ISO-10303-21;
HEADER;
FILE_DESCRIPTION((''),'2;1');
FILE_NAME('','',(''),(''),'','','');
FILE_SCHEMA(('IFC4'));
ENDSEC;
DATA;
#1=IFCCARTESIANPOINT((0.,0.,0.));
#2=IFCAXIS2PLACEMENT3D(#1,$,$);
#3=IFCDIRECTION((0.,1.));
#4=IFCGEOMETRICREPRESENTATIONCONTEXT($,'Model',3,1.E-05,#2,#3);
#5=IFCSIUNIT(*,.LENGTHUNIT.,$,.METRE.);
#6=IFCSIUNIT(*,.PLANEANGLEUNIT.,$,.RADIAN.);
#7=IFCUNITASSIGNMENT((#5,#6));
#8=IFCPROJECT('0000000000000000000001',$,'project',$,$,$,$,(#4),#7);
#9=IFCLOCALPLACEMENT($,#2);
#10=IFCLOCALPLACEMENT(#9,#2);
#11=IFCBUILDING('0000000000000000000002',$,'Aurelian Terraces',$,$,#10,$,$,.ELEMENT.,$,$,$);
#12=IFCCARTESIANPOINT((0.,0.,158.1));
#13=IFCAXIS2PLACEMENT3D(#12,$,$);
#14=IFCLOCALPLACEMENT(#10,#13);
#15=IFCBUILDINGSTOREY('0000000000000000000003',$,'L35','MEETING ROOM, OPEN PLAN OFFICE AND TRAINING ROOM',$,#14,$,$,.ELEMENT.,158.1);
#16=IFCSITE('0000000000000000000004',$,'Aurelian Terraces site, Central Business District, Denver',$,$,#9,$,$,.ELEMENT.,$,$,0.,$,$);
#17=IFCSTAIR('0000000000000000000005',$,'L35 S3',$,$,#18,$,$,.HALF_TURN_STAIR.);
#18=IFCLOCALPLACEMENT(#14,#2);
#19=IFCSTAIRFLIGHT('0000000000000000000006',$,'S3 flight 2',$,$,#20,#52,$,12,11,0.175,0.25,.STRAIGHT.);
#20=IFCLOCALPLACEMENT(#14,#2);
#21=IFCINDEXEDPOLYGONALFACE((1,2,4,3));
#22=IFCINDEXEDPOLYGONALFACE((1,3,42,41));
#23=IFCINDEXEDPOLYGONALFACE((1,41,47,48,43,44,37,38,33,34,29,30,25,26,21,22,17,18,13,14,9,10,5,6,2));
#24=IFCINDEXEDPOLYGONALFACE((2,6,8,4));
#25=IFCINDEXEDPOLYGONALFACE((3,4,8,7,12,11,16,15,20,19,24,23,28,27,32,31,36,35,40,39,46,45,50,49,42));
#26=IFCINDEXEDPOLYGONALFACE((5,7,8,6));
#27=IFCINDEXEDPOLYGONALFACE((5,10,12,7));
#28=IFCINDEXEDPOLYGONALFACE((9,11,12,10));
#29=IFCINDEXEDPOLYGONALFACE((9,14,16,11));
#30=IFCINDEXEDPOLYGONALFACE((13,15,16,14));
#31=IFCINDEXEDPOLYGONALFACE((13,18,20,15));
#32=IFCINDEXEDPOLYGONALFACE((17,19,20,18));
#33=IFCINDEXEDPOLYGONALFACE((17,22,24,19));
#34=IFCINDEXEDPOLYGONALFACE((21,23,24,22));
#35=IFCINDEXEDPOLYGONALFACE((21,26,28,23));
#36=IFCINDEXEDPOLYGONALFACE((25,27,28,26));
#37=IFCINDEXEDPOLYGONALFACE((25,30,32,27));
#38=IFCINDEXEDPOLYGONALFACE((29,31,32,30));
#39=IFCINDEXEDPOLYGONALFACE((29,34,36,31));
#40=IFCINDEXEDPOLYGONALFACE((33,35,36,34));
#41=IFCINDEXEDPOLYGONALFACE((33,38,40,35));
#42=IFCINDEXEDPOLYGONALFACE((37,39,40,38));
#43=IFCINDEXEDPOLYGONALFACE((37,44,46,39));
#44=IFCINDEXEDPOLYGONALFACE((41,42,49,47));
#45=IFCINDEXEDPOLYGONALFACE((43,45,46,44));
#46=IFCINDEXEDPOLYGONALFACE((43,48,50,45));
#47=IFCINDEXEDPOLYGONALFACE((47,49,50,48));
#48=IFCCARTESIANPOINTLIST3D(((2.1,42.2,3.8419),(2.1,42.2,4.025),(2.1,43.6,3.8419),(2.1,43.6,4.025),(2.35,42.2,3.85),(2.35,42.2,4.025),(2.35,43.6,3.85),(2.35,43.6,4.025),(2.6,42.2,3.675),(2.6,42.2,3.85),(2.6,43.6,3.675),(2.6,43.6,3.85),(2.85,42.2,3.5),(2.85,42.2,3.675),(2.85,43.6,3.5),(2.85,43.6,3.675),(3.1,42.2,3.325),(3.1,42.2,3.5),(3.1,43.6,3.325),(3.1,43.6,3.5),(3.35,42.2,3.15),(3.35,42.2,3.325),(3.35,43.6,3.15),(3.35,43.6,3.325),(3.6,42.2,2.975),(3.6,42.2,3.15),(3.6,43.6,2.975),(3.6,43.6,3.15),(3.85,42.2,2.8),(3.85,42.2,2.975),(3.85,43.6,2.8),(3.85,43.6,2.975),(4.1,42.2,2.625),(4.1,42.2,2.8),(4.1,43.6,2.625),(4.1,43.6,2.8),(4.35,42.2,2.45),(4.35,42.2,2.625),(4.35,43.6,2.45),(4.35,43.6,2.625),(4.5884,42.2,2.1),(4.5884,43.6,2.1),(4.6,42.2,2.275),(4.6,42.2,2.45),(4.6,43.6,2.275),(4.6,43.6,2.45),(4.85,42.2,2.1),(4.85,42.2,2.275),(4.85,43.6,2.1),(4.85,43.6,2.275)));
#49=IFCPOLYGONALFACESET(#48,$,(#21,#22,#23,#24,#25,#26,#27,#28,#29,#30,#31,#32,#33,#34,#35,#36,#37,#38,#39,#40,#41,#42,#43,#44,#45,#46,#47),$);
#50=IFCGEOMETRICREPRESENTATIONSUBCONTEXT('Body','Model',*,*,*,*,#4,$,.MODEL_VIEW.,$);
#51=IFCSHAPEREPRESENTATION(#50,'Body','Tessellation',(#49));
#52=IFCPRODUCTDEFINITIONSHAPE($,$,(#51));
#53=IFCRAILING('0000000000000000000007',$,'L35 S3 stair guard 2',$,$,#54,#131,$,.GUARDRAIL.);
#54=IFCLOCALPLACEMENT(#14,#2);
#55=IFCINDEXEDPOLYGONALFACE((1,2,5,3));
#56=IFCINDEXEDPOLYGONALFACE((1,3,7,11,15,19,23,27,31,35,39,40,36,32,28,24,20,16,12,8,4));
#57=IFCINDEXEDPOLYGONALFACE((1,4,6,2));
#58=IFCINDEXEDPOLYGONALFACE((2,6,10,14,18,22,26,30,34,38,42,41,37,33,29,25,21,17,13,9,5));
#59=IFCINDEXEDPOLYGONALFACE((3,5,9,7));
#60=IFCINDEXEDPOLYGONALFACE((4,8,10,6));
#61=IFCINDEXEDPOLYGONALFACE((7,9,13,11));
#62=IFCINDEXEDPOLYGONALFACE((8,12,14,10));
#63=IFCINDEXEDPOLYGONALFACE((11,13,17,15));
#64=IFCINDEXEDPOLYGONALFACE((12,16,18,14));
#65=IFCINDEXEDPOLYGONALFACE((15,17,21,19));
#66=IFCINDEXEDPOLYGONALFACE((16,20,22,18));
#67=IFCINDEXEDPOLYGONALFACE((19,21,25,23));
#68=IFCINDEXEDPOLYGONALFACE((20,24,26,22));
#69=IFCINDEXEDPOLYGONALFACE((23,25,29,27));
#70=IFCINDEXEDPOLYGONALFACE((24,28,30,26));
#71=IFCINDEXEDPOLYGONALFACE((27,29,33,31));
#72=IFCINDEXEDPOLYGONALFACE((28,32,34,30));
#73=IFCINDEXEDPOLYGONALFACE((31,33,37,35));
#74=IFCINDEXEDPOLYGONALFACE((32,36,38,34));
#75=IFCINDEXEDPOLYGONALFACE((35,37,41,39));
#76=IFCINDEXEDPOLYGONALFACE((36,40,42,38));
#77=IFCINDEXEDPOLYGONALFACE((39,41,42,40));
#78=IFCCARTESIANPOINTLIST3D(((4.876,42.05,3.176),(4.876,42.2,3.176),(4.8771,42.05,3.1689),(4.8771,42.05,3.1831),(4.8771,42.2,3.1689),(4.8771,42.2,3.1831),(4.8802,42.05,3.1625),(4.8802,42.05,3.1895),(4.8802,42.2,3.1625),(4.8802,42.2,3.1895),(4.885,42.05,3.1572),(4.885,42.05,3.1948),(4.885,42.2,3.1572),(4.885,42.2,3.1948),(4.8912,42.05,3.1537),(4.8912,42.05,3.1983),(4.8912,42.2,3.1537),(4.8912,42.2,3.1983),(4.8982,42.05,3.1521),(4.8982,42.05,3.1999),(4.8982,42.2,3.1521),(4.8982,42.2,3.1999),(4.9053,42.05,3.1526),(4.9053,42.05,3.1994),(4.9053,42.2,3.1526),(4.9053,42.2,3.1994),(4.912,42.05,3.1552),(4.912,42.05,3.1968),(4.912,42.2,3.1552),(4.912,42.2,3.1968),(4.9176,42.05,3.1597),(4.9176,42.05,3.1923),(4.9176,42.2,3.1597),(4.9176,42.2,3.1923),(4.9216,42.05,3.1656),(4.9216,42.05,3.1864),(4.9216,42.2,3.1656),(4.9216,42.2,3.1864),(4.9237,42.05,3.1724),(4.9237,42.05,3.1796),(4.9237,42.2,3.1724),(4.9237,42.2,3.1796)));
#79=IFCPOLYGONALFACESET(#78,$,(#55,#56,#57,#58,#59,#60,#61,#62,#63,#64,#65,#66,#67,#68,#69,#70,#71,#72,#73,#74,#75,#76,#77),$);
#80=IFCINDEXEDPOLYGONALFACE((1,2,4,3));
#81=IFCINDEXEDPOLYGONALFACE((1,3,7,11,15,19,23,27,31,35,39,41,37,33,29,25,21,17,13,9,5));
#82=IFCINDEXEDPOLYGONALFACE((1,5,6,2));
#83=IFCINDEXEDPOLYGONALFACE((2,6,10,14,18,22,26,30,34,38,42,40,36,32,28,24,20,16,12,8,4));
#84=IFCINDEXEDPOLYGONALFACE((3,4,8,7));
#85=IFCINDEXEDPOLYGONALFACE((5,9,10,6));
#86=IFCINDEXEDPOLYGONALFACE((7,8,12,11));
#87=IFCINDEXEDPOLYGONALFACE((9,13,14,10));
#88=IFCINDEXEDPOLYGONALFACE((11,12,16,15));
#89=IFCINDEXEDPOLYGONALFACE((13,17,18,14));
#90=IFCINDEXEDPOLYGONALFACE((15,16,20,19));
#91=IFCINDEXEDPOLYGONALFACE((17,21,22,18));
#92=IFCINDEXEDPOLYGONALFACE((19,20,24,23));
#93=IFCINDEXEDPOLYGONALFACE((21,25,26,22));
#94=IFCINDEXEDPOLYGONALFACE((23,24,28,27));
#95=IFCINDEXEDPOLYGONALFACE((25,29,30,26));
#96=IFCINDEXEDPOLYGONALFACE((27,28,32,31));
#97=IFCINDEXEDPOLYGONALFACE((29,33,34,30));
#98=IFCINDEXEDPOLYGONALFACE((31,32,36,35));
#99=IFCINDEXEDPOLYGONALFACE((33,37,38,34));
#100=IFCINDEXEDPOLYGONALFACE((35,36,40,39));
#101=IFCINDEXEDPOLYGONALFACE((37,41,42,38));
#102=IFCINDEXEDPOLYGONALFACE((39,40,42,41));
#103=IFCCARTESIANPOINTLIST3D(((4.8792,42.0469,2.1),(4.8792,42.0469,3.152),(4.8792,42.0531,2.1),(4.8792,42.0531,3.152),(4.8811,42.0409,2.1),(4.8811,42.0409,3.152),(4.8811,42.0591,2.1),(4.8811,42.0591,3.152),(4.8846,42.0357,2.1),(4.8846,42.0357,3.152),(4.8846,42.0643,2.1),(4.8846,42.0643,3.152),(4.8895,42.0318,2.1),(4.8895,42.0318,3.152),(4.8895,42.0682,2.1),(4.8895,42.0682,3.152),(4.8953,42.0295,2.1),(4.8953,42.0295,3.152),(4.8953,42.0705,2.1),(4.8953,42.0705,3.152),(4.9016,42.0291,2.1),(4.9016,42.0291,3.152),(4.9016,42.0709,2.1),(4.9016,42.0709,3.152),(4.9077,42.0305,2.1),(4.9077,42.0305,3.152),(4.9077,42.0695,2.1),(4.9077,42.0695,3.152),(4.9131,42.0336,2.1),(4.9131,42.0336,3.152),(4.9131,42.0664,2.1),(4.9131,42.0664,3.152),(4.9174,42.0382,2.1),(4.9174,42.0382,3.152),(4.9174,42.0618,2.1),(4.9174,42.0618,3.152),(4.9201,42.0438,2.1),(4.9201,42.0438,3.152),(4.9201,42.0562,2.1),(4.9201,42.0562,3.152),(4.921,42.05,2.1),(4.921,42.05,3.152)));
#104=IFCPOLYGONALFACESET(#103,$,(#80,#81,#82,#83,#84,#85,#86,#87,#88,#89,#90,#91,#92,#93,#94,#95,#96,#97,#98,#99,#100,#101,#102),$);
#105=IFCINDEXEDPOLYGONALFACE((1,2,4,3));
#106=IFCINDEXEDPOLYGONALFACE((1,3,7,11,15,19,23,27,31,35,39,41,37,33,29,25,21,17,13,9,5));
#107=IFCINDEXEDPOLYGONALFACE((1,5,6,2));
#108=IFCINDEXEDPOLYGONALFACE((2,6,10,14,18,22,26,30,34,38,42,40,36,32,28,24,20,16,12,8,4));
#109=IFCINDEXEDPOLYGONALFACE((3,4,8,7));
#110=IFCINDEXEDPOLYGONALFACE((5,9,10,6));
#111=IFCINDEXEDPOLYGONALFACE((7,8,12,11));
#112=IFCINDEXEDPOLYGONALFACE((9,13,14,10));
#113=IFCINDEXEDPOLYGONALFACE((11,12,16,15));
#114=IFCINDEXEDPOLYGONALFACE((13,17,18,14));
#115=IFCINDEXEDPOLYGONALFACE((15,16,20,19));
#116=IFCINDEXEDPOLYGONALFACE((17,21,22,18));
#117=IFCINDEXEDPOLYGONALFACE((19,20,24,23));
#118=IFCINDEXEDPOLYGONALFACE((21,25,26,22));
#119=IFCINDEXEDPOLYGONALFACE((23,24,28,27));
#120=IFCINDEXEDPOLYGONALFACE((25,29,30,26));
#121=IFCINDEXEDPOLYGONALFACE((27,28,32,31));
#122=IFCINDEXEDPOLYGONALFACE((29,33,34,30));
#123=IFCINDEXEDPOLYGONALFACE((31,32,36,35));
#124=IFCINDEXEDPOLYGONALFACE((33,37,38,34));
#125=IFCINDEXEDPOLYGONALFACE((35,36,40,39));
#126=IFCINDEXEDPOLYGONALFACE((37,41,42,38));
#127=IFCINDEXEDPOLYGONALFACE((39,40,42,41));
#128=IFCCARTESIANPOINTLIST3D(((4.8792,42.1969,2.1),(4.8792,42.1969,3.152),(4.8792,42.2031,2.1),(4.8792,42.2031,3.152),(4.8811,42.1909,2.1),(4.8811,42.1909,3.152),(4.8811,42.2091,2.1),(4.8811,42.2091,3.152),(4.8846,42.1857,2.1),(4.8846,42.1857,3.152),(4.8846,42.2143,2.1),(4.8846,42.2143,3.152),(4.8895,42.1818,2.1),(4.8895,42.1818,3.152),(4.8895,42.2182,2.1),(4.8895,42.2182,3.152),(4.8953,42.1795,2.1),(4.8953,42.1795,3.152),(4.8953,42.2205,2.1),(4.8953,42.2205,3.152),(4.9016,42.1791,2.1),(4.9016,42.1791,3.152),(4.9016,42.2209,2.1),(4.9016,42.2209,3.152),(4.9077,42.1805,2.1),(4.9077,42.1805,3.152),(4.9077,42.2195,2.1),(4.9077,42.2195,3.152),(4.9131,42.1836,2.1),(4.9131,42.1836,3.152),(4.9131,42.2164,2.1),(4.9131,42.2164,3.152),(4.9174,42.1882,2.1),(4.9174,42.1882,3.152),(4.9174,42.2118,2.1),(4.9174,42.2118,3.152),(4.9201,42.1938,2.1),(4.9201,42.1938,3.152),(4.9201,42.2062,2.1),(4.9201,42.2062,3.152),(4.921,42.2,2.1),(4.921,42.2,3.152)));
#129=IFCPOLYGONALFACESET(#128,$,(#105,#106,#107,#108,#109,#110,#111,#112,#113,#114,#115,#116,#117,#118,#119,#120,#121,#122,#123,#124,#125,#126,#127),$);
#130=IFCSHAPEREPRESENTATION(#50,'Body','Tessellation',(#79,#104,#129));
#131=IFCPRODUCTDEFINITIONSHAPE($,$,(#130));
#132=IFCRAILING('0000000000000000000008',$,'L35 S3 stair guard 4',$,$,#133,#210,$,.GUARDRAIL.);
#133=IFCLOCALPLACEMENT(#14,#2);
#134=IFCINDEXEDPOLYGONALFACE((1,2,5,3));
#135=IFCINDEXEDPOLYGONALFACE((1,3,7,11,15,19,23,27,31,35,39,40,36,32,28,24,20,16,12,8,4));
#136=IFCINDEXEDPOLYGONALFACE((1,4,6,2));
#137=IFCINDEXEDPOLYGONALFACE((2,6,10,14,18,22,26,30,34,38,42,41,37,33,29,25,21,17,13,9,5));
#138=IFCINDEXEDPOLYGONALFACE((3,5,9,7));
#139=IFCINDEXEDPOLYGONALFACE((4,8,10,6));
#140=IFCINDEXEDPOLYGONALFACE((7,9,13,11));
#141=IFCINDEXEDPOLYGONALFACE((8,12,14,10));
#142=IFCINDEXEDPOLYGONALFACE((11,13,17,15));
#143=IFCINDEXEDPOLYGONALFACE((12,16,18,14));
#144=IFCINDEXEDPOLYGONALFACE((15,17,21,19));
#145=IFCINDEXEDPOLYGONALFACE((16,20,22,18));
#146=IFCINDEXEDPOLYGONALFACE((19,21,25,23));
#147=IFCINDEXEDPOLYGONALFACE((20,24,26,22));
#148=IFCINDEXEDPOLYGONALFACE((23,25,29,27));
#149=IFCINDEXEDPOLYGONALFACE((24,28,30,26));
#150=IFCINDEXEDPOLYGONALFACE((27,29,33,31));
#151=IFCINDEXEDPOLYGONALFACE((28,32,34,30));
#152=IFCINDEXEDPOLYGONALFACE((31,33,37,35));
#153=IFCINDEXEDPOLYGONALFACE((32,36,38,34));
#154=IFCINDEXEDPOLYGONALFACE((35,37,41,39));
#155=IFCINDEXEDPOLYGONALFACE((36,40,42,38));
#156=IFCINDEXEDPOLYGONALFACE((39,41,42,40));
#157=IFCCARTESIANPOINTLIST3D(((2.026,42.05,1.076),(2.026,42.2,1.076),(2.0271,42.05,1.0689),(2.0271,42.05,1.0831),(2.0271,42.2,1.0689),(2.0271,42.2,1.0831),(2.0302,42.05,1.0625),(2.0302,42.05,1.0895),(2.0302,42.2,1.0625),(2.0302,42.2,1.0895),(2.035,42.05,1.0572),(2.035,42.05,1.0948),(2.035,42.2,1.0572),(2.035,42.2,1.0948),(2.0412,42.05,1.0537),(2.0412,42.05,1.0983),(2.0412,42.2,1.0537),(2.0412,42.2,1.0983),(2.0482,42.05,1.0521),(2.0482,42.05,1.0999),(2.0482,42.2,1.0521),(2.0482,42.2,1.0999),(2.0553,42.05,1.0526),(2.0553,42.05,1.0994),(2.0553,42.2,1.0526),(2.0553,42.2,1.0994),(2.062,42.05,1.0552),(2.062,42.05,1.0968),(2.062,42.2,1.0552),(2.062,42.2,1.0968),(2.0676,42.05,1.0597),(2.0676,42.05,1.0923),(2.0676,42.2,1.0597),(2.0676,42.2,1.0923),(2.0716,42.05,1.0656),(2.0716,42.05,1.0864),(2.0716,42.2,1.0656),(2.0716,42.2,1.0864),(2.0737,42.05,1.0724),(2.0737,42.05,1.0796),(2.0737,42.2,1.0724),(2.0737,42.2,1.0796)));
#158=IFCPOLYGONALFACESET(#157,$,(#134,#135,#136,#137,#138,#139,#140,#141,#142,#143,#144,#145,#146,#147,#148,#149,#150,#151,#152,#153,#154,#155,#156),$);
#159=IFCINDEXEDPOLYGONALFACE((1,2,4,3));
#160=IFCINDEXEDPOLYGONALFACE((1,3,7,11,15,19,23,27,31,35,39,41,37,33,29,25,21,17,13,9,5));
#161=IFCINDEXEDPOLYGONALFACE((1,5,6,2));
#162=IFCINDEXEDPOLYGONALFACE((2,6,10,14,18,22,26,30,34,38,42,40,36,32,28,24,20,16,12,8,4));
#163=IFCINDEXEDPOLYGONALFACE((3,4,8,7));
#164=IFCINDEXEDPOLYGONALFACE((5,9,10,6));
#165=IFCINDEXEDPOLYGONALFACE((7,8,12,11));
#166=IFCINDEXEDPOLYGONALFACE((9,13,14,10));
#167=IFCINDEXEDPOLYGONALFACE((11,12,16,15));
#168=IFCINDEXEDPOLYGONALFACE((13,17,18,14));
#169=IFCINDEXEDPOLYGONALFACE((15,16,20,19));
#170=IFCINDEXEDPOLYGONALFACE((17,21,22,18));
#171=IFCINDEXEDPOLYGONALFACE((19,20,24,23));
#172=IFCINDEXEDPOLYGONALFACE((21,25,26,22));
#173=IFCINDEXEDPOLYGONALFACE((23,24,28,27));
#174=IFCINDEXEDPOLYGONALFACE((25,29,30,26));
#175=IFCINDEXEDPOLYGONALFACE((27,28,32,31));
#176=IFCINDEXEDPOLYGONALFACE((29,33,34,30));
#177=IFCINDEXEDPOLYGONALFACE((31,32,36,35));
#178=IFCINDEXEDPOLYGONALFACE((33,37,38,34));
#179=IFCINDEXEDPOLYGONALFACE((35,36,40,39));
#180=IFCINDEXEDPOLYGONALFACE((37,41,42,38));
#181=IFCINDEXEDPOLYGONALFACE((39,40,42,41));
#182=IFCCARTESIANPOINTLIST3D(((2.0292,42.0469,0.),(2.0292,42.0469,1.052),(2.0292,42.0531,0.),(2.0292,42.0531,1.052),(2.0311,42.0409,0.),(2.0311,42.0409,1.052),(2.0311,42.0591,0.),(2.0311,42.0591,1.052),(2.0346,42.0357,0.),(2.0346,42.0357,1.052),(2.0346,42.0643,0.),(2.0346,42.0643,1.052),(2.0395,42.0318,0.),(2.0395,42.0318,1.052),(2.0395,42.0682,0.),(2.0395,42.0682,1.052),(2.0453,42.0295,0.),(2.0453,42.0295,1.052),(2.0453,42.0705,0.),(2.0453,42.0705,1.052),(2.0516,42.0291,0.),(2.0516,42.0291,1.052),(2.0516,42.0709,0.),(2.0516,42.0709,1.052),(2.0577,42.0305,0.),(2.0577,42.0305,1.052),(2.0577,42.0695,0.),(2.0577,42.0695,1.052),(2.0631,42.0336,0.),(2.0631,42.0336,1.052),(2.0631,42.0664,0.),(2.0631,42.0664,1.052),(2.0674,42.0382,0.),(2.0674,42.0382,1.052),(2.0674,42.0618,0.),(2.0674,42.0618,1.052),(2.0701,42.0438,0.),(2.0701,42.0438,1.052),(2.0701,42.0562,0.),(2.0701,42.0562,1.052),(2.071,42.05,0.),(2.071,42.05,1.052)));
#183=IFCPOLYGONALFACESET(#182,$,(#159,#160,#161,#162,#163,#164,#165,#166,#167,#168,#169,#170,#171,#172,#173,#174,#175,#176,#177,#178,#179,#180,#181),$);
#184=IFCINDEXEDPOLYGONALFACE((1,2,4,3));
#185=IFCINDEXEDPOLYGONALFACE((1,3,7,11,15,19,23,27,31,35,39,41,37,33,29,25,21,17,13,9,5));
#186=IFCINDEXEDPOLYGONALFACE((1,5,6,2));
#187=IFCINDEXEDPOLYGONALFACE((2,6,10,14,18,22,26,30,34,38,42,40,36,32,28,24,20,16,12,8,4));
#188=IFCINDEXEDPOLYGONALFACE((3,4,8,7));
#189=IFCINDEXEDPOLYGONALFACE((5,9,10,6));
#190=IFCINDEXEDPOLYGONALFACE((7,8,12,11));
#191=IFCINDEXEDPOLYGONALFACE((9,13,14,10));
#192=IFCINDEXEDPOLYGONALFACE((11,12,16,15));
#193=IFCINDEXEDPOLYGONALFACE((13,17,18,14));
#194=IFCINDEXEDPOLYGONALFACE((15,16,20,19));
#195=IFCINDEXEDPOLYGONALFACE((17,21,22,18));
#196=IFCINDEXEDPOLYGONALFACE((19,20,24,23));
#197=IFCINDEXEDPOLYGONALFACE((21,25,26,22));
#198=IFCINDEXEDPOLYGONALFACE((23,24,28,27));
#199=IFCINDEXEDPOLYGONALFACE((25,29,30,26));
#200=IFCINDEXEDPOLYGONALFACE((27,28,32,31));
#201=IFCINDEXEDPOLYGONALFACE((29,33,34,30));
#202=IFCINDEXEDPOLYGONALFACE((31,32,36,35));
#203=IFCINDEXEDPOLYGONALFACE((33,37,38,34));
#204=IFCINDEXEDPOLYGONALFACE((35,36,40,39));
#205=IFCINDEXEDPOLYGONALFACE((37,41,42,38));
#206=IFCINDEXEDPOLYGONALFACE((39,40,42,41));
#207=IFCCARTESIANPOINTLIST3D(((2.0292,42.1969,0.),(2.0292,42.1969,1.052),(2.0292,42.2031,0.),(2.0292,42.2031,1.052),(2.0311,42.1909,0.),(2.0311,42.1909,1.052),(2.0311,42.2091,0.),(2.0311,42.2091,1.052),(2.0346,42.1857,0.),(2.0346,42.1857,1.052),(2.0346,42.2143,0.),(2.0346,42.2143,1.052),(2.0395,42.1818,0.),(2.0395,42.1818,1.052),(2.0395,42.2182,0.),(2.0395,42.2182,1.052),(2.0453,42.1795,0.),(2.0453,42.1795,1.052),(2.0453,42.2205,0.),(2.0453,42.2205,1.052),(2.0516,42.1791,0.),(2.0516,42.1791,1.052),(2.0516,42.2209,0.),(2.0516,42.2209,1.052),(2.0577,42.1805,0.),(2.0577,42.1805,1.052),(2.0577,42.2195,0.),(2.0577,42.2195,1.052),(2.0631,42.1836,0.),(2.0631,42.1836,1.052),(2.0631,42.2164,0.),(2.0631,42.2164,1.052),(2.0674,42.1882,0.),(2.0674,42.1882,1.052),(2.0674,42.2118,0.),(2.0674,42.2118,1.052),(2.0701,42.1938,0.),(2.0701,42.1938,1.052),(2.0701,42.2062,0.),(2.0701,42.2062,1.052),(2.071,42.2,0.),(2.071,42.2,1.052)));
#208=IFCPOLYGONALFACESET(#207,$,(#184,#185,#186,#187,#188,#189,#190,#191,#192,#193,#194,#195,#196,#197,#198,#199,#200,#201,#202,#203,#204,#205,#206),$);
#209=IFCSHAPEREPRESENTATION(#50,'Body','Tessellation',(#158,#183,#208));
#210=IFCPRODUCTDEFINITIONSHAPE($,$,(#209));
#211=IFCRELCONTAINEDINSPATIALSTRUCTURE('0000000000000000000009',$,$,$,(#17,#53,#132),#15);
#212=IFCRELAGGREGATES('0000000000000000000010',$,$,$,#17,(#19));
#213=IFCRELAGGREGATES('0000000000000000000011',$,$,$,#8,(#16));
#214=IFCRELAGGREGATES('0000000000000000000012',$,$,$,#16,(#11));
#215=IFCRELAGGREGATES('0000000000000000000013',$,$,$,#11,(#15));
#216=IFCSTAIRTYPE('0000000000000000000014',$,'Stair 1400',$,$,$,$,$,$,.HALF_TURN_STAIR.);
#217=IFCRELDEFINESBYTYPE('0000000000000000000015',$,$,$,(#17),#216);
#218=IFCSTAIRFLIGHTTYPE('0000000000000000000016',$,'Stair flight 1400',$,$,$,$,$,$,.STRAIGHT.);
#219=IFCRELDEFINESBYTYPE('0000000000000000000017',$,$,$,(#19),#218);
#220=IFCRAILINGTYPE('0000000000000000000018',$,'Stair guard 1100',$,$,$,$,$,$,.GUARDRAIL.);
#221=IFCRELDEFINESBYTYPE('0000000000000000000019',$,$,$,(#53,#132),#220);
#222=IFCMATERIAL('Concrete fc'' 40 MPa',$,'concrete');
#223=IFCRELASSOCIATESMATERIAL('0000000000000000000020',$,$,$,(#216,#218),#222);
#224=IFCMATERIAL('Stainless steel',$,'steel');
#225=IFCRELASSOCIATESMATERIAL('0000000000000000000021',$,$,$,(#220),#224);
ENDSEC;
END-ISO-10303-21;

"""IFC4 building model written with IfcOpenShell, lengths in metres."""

from ifc_helpers import new_model, si_unit, direction, frame, origin, origin_2d, place, context, subcontext, project, spatial, polyline, circle, outline, extrude, source, transform, mapped, material, type_object, element, aggregate, save


model = new_model("IFC4")

# Units and contexts
model_context = context("Model", 3, precision=1e-05, world=origin(), true_north=direction((0.0, 1.0)))
body_context = subcontext(model_context, "Body", "Model", "MODEL_VIEW")
ifc_project = project(units=[si_unit("LENGTHUNIT", "METRE"), si_unit("PLANEANGLEUNIT", "RADIAN")], contexts=[model_context])

# Site, building, storey
site_placement = place(None, origin())
site = spatial("IfcSite", under=ifc_project, at=site_placement, Name="Aurelian Terraces site, Central Business District, Denver", CompositionType="ELEMENT", RefElevation=0.0)
building_placement = place(site_placement, origin())
building = spatial("IfcBuilding", under=site, at=building_placement, Name="Aurelian Terraces", CompositionType="ELEMENT")
storey_placement = place(building_placement, frame((0.0, 0.0, 158.1)))
storey = spatial("IfcBuildingStorey", under=building, at=storey_placement, Name="L35", Description="MEETING ROOM, OPEN PLAN OFFICE AND TRAINING ROOM", CompositionType="ELEMENT", Elevation=158.1)

# Shared definitions
ifc_material_1 = material(Name="Concrete fc' 40 MPa", Category="concrete")

# Stair, stair flight
stair_type = type_object("IfcStairType", Name="Stair 1400", PredefinedType="HALF_TURN_STAIR", material=ifc_material_1)
stair_placement = place(storey_placement, origin())
stair = element("IfcStair", 1, at=stair_placement, inside=storey, type_object=stair_type, Name="L35 S3", PredefinedType="HALF_TURN_STAIR")
stair_flight_type = type_object("IfcStairFlightType", Name="Stair flight 1400", PredefinedType="STRAIGHT", material=ifc_material_1)
shared_shape_1 = source(origin(), body_context, "Body", "SweptSolid", [
    extrude(outline(polyline([(0.0, 0.0), (0.0, 0.175), (0.25, 0.175), (0.25, 0.35), (0.5, 0.35), (0.5, 0.525), (0.75, 0.525), (0.75, 0.7), (1.0, 0.7), (1.0, 0.875), (1.25, 0.875), (1.25, 1.05), (1.5, 1.05), (1.5, 1.225), (1.75, 1.225), (1.75, 1.4), (2.0, 1.4), (2.0, 1.575), (2.25, 1.575), (2.25, 1.75), (2.5, 1.75), (2.5, 1.925), (2.75, 1.925), (2.75, 2.1), (2.75, 1.7419), (0.2616, 0.0), (0.0, 0.0)])), frame((0.0, 0.7, 0.0), z_axis=(0.0, -1.0, 0.0), x_axis=(1.0, 0.0, 0.0)), (0.0, 0.0, 1.0), 1.4),
])
stair_flight_1_placement = place(storey_placement, frame((4.85, 42.9, 2.1), z_axis=(0.0, 0.0, 1.0), x_axis=(-1.0, 0.0, 0.0)))
stair_flight_1 = element("IfcStairFlight", 2, at=stair_flight_1_placement, type_object=stair_flight_type, Name="S3 flight 2", NumberOfRisers=12, NumberOfTreads=11, PredefinedType="STRAIGHT", RiserHeight=0.175, TreadLength=0.25, context=body_context, shape_type="MappedRepresentation", body=[
    mapped(shared_shape_1, transform((0.0, 0.0, 0.0), scale=1.0)),
])
aggregate(stair, [stair_flight_1])

# Railings
ifc_material_2 = material(Name="Stainless steel", Category="steel")
railing_type_1 = type_object("IfcRailingType", Name="Stair guard 1100", PredefinedType="GUARDRAIL", material=ifc_material_2)
shared_shape_2 = source(origin(), body_context, "Body", "SweptSolid", [
    extrude(circle(Radius=0.024, at=origin_2d()), frame((0.0, 0.0, 1.076), z_axis=(0.0, 1.0, 0.0), x_axis=(-1.0, 0.0, 0.0)), (0.0, 0.0, 1.0), 0.15),
    extrude(circle(Radius=0.021, at=origin_2d()), origin(), (0.0, 0.0, 1.0), 1.052),
    extrude(circle(Radius=0.021, at=origin_2d()), frame((0.0, 0.15, 0.0)), (0.0, 0.0, 1.0), 1.052),
])
for number, where, name in (
    (3, (4.9, 42.05, 2.1), "L35 S3 stair guard 2"),
    (4, (2.05, 42.05, 0.0), "L35 S3 stair guard 4"),
):
    element("IfcRailing", number, at=place(storey_placement, frame(where)), inside=storey, type_object=railing_type_1, Name=name, PredefinedType="GUARDRAIL", context=body_context, shape_type="MappedRepresentation", body=[
        mapped(shared_shape_2, transform((0.0, 0.0, 0.0), scale=1.0)),
    ])

save(model, "model.ifc")
